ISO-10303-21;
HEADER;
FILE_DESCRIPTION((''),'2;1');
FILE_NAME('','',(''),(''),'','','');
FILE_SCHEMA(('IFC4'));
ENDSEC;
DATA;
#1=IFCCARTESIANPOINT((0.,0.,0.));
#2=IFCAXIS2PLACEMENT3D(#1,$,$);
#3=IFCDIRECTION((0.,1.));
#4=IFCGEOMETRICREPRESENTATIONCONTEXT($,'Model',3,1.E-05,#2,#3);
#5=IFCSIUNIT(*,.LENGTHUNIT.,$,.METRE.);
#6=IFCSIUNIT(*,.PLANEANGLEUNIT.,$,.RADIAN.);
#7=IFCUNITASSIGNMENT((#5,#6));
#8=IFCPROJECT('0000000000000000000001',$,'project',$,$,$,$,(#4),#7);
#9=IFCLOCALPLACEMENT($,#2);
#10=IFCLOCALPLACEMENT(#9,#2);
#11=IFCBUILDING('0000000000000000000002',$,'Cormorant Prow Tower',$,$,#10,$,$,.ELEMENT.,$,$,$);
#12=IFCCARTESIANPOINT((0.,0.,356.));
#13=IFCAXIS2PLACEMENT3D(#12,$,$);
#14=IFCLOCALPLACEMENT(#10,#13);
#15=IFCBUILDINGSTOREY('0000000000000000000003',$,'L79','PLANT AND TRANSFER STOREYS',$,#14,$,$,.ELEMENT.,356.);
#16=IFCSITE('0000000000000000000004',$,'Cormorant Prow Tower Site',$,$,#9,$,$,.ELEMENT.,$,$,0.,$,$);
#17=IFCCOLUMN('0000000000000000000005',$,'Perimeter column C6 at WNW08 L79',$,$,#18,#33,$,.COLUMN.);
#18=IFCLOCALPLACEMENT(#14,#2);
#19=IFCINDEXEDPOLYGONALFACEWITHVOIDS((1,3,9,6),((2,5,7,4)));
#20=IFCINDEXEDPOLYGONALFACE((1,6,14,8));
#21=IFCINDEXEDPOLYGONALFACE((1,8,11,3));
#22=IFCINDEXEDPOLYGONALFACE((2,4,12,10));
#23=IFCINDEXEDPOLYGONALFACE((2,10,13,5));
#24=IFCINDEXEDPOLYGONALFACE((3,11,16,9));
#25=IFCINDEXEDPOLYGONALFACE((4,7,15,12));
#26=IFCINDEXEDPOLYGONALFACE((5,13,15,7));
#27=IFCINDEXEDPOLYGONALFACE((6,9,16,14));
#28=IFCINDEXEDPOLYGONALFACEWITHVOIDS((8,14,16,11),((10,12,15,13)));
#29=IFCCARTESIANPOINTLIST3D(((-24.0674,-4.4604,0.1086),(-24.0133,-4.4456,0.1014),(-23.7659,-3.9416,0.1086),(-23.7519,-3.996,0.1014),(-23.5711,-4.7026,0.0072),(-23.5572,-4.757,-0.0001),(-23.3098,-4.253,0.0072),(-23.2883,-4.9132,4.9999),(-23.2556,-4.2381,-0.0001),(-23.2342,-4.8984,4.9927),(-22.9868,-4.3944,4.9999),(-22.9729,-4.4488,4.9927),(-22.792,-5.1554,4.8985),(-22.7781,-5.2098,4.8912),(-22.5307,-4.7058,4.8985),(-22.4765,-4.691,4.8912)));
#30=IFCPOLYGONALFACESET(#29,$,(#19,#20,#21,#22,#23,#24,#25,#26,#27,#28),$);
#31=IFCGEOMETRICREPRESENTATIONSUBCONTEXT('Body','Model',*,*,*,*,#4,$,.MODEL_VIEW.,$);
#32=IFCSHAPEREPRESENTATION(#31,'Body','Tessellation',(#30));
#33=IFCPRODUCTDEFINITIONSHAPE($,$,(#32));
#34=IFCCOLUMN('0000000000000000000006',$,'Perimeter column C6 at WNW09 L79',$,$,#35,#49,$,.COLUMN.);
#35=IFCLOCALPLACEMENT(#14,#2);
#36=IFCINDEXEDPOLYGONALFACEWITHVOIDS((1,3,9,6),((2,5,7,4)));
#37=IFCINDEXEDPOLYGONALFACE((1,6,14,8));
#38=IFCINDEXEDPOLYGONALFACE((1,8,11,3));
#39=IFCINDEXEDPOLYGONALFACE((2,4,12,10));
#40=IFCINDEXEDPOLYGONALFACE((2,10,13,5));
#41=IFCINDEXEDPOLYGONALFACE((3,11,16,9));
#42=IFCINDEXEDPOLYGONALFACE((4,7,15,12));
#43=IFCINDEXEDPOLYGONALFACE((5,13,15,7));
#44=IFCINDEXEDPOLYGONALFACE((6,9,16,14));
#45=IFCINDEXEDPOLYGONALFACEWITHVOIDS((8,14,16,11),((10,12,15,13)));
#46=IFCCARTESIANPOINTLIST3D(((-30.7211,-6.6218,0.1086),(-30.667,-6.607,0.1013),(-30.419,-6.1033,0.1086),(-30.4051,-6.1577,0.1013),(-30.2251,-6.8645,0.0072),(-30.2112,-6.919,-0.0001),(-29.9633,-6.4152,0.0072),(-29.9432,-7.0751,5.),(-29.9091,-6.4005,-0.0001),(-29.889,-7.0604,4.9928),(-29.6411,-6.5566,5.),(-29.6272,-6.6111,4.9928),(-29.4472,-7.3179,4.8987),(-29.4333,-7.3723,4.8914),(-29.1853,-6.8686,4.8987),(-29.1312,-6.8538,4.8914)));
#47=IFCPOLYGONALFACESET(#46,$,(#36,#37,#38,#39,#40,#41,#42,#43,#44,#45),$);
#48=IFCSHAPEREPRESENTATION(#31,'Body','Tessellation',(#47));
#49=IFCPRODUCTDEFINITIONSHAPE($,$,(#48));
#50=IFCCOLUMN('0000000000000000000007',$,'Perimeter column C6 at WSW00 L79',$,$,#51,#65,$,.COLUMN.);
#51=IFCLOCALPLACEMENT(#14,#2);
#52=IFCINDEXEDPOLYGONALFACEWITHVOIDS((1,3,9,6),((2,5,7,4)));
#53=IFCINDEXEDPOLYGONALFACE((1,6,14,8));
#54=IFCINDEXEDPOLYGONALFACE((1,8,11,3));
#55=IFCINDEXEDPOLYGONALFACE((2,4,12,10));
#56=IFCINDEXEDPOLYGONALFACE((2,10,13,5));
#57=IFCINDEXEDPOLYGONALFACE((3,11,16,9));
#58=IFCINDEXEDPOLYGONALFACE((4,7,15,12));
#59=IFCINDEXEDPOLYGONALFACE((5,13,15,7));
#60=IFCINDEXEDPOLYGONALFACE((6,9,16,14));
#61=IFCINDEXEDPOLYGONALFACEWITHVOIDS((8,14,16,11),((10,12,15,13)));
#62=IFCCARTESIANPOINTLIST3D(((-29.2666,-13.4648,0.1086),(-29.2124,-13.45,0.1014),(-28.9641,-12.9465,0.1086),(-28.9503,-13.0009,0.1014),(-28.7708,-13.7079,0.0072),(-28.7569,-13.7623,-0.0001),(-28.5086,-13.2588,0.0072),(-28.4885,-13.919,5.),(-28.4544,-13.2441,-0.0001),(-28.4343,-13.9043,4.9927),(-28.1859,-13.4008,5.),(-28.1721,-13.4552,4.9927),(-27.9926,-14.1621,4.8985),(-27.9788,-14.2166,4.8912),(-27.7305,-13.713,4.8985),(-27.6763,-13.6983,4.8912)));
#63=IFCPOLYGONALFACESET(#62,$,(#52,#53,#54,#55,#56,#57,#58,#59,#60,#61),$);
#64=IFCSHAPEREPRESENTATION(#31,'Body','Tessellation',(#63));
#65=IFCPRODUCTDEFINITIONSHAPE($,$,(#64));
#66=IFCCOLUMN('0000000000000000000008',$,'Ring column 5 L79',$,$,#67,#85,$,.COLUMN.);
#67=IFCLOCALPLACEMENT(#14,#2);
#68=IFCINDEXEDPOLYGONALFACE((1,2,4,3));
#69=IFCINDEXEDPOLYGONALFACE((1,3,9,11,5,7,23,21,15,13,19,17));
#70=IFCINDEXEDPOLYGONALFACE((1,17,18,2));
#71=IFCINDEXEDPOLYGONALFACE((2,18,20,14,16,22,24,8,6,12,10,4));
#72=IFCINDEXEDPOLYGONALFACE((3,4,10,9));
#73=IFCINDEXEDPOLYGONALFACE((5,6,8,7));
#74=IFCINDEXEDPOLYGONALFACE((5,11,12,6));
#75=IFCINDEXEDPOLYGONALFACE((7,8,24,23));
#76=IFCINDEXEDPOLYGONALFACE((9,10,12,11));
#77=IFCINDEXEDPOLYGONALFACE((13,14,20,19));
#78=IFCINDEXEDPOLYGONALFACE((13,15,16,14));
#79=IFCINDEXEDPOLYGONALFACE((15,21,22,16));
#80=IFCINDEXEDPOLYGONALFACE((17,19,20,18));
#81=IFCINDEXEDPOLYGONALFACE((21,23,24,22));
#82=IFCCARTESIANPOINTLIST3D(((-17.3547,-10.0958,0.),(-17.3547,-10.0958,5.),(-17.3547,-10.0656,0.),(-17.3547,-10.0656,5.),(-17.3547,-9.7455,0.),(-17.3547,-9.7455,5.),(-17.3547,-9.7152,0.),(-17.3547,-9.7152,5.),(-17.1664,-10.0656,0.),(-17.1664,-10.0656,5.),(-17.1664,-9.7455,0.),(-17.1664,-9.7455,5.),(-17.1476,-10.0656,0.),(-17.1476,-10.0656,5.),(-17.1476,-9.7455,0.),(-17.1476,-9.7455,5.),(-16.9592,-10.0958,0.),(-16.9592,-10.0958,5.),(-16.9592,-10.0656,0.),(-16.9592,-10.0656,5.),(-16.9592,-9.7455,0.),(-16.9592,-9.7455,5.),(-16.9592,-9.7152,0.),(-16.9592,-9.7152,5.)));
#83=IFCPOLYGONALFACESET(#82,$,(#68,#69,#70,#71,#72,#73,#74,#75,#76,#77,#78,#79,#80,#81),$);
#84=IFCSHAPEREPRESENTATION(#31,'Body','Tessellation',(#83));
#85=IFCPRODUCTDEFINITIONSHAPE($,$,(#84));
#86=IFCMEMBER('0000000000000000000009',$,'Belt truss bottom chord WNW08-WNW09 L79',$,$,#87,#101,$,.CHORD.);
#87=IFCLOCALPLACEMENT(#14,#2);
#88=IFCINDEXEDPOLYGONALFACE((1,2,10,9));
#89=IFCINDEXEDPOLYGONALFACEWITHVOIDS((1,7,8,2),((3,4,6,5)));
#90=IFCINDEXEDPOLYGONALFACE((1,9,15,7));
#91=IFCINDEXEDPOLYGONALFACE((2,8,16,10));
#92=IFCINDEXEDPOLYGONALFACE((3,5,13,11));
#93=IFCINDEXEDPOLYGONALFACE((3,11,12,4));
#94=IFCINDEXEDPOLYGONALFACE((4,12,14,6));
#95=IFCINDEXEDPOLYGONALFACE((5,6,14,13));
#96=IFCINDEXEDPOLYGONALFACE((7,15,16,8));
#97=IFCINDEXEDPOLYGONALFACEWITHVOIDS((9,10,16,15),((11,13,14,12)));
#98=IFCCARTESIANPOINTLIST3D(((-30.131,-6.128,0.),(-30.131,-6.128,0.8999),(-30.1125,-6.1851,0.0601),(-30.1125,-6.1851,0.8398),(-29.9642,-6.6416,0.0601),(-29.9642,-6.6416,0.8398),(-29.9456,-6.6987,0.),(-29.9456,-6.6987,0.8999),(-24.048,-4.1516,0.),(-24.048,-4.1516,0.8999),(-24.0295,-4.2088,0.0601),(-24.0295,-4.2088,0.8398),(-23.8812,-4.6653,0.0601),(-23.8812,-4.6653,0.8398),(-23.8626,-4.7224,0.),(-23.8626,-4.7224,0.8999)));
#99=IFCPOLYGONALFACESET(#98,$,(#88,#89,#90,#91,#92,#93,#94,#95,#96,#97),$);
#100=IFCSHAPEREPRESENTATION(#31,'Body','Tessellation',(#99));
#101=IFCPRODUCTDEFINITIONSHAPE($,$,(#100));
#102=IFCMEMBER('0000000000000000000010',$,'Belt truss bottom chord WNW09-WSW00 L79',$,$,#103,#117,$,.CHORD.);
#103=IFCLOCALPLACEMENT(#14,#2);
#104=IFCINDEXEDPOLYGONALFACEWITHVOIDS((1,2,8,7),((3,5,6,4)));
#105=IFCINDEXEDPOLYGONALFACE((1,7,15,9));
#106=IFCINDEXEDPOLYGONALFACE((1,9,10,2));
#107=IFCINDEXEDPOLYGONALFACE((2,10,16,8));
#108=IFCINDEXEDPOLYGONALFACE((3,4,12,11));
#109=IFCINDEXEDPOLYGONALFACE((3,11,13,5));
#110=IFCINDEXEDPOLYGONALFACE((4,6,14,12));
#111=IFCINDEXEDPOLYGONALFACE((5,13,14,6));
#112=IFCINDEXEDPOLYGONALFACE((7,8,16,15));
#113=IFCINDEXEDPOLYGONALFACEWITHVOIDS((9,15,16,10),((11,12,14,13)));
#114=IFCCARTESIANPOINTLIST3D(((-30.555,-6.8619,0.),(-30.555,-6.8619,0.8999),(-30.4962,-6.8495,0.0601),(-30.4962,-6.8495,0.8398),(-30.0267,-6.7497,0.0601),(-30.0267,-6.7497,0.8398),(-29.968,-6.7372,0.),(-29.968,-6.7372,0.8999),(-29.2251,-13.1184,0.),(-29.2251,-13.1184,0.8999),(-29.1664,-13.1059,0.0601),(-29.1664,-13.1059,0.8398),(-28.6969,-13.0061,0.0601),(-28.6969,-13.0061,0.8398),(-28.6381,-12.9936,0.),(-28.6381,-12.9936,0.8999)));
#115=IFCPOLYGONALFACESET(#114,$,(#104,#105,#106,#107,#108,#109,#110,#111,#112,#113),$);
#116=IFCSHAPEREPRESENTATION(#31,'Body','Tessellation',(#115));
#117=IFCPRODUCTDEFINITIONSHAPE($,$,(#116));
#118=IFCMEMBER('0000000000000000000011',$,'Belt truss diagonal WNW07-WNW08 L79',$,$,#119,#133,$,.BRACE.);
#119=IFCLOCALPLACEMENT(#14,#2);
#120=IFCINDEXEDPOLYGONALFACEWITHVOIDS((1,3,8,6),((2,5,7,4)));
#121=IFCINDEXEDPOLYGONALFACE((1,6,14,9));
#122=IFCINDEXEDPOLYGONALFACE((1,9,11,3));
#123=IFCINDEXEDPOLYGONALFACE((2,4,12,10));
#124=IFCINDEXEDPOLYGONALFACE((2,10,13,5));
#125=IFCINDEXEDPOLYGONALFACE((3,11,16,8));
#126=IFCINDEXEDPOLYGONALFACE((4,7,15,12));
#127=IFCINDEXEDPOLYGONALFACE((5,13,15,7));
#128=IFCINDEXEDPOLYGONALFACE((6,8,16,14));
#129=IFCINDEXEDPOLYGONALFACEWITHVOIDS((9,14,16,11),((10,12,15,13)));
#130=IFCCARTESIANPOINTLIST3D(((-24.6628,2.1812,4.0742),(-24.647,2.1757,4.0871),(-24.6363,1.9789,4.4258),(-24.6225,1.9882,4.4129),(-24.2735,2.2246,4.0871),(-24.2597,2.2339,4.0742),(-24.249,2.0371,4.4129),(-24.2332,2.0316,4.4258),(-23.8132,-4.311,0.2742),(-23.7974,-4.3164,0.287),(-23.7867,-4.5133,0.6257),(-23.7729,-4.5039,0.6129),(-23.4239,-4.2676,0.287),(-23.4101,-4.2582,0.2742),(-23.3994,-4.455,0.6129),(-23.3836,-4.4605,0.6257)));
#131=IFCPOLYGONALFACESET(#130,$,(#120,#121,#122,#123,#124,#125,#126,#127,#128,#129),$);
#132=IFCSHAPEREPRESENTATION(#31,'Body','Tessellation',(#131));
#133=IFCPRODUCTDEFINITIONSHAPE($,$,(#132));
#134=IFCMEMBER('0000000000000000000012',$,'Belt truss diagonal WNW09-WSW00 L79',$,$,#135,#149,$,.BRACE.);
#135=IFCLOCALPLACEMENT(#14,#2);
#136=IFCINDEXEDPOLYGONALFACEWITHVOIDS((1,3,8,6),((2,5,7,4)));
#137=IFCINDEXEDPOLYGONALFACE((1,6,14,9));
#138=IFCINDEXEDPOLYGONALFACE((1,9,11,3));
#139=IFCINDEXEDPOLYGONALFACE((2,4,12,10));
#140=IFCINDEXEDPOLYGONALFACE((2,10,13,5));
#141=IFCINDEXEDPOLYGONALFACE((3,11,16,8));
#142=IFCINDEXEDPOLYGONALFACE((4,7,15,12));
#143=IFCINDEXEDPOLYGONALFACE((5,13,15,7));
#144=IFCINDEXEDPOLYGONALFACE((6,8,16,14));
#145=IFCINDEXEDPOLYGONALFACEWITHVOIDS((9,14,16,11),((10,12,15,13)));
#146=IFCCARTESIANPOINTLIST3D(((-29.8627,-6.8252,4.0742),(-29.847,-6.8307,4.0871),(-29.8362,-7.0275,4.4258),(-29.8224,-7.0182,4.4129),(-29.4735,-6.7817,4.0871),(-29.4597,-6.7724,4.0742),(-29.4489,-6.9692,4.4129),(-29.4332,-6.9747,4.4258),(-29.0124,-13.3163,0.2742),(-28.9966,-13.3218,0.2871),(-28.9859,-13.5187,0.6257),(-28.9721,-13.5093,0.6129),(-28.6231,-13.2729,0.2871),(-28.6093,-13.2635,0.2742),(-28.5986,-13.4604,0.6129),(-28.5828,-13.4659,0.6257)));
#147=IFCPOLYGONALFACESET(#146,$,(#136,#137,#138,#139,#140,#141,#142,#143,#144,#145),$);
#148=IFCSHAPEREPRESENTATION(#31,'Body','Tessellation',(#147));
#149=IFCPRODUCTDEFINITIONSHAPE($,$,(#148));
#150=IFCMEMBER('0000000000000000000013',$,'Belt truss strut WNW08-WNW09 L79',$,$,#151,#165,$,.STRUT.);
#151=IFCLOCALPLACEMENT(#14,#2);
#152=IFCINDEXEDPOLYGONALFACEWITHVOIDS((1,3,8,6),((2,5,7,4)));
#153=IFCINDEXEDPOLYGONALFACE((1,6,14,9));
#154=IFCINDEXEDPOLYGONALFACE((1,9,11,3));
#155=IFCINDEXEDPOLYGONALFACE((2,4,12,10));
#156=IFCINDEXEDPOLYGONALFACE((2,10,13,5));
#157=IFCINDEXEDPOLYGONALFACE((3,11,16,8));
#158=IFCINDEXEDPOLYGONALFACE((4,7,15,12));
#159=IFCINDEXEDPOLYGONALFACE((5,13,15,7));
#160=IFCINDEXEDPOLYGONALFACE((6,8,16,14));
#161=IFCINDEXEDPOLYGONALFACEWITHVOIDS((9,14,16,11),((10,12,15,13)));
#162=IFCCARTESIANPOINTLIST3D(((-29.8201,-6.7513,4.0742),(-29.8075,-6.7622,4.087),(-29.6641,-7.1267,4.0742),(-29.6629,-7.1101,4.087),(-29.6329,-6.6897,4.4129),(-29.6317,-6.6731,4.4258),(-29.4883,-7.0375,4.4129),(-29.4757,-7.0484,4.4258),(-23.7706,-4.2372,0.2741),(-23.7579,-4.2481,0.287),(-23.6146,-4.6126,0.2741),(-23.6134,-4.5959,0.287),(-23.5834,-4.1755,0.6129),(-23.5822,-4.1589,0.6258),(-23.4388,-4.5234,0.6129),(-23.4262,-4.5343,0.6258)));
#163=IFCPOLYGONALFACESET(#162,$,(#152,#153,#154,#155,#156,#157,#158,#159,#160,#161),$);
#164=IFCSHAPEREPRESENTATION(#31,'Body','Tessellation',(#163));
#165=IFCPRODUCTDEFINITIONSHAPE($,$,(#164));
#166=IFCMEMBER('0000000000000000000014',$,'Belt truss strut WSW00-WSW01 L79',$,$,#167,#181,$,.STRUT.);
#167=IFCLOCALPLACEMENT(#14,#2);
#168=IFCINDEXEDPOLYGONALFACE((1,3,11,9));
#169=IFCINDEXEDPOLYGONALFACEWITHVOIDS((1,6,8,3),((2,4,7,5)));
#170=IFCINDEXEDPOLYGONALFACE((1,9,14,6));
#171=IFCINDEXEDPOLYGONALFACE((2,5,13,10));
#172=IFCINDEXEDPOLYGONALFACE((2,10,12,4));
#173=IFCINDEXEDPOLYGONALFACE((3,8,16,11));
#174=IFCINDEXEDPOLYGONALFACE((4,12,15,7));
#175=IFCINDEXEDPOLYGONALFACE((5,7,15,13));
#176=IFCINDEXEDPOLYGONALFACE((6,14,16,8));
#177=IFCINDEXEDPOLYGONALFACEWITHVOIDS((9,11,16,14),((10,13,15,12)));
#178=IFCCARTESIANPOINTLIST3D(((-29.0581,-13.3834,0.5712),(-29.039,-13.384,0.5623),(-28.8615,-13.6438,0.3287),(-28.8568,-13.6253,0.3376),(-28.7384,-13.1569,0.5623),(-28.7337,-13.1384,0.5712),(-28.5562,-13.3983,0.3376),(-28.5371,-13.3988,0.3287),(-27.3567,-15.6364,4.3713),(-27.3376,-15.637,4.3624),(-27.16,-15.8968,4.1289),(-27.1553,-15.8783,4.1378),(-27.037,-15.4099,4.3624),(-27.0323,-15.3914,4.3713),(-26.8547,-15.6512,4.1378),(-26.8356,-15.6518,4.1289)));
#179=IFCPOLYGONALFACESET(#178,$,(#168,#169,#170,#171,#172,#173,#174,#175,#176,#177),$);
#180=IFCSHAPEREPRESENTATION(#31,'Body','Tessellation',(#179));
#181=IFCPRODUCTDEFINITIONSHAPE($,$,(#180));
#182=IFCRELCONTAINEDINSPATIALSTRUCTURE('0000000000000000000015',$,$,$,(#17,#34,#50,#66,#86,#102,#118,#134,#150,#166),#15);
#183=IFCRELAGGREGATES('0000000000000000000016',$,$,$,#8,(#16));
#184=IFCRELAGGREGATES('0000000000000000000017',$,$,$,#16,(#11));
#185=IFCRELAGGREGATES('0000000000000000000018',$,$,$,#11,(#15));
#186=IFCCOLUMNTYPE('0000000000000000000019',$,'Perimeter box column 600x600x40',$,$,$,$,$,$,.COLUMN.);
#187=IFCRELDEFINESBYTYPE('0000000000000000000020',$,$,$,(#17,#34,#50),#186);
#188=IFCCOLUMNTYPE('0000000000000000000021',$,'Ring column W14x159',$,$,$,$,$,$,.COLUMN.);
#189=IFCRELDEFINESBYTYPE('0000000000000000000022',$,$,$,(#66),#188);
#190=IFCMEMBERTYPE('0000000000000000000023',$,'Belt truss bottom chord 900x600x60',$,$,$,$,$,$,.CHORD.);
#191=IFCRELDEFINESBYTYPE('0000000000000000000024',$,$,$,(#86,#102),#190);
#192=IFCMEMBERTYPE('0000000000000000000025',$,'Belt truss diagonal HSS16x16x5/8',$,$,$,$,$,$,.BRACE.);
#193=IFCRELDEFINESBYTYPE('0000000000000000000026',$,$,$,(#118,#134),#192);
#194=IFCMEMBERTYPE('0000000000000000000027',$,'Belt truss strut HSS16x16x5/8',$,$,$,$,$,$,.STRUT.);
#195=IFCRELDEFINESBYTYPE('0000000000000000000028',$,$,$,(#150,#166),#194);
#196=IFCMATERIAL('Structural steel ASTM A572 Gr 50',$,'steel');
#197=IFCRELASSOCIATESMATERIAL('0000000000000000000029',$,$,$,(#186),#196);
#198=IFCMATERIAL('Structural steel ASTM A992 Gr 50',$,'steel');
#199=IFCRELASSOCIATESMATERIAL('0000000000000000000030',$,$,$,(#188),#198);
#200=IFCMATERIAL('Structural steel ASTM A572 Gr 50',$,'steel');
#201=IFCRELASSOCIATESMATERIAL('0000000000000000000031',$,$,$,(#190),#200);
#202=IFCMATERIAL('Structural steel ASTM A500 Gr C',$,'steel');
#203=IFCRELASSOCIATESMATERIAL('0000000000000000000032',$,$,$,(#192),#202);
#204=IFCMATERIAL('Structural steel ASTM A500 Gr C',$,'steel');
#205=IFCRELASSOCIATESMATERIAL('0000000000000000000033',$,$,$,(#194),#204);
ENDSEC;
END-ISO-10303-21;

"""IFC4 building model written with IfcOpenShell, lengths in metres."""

from ifc_helpers import new_model, si_unit, direction, frame, origin, origin_2d, place, context, subcontext, project, spatial, hollow_rectangle, i_section, extrude, material, material_profile, profile_set, type_object, element, save


model = new_model("IFC4")

# Units and contexts
model_context = context("Model", 3, precision=1e-05, world=origin(), true_north=direction((0.0, 1.0)))
body_context = subcontext(model_context, "Body", "Model", "MODEL_VIEW")
ifc_project = project(units=[si_unit("LENGTHUNIT", "METRE"), si_unit("PLANEANGLEUNIT", "RADIAN")], contexts=[model_context])

# Site, building, storey
site_placement = place(None, origin())
site = spatial("IfcSite", under=ifc_project, at=site_placement, Name="Cormorant Prow Tower Site", CompositionType="ELEMENT", RefElevation=0.0)
building_placement = place(site_placement, origin())
building = spatial("IfcBuilding", under=site, at=building_placement, Name="Cormorant Prow Tower", CompositionType="ELEMENT")
storey_placement = place(building_placement, frame((0.0, 0.0, 356.0)))
storey = spatial("IfcBuildingStorey", under=building, at=storey_placement, Name="L79", Description="PLANT AND TRANSFER STOREYS", CompositionType="ELEMENT", Elevation=356.0)

# Columns
ifc_material_1 = material(Name="Structural steel ASTM A572 Gr 50", Category="steel")
ifc_material_profile_1 = material_profile(ifc_material_1, hollow_rectangle(XDim=0.6001, YDim=0.6001, WallThickness=0.04, at=origin_2d()), Name="Box 600x600x40")
ifc_profile_set_1 = profile_set([ifc_material_profile_1], Name="Structural steel ASTM A572 Gr 50")
column_type_1 = type_object("IfcColumnType", Name="Perimeter box column 600x600x40", PredefinedType="COLUMN", material=ifc_profile_set_1)
for number, where, z_axis, x_axis, name in (
    (1, (-23.6702, -4.3442, 0.0), (0.156641, -0.091046, 0.98345), (0.502519, 0.864566, 0.0), "Perimeter column C6 at WNW08 L79"),
    (2, (-30.3237, -6.5061, 0.0), (0.156406, -0.091145, 0.983478), (0.503492, 0.864, 0.0), "Perimeter column C6 at WNW09 L79"),
    (3, (-28.8691, -13.3494, 0.0), (0.15645, -0.091334, 0.983454), (0.504168, 0.863606, 0.0), "Perimeter column C6 at WSW00 L79"),
):
    element("IfcColumn", number, at=place(storey_placement, frame(where, z_axis=z_axis, x_axis=x_axis)), inside=storey, type_object=column_type_1, Name=name, PredefinedType="COLUMN", context=body_context, shape_type="SweptSolid", body=[
        extrude(hollow_rectangle(XDim=0.6001, YDim=0.6001, WallThickness=0.04, at=origin_2d()), frame((0.0, 0.0, 0.0552)), (0.0, 0.0, 1.0), 4.9736),
    ])
ifc_material_2 = material(Name="Structural steel ASTM A992 Gr 50", Category="steel")
ifc_material_profile_2 = material_profile(ifc_material_2, i_section(OverallWidth=0.3955, OverallDepth=0.3806, WebThickness=0.0188, FlangeThickness=0.0303, at=origin_2d()), Name="W14x159")
ifc_profile_set_2 = profile_set([ifc_material_profile_2], Name="Structural steel ASTM A992 Gr 50")
column_type_2 = type_object("IfcColumnType", Name="Ring column W14x159", PredefinedType="COLUMN", material=ifc_profile_set_2)
column_placement = place(storey_placement, frame((-17.157, -9.9055, 0.0), z_axis=(0.0, 0.0, 1.0), x_axis=(1.0, 0.0, 0.0)))
element("IfcColumn", 4, at=column_placement, inside=storey, type_object=column_type_2, Name="Ring column 5 L79", PredefinedType="COLUMN", context=body_context, shape_type="SweptSolid", body=[
    extrude(i_section(OverallWidth=0.3955, OverallDepth=0.3806, WebThickness=0.0188, FlangeThickness=0.0303, at=origin_2d()), origin(), (0.0, 0.0, 1.0), 5.0),
])

# Members
ifc_material_3 = material(Name="Structural steel ASTM A572 Gr 50", Category="steel")
ifc_material_profile_3 = material_profile(ifc_material_3, hollow_rectangle(XDim=0.6001, YDim=0.8999, WallThickness=0.0601, at=origin_2d()), Name="Box 900x600x60")
ifc_profile_set_3 = profile_set([ifc_material_profile_3], Name="Structural steel ASTM A572 Gr 50")
member_type_1 = type_object("IfcMemberType", Name="Belt truss bottom chord 900x600x60", PredefinedType="CHORD", material=ifc_profile_set_3)
member_1_placement = place(storey_placement, frame((-23.9553, -4.437, 0.45), z_axis=(-0.951064, -0.308993, 0.0), x_axis=(0.308993, -0.951064, 0.0)))
element("IfcMember", 5, at=member_1_placement, inside=storey, type_object=member_type_1, Name="Belt truss bottom chord WNW08-WNW09 L79", PredefinedType="CHORD", context=body_context, shape_type="SweptSolid", body=[
    extrude(hollow_rectangle(XDim=0.6001, YDim=0.8999, WallThickness=0.0601, at=origin_2d()), origin(), (0.0, 0.0, 1.0), 6.396),
])
member_2_placement = place(storey_placement, frame((-30.2615, -6.7996, 0.45), z_axis=(0.207913, -0.978147, 0.0), x_axis=(0.978147, 0.207913, 0.0)))
element("IfcMember", 6, at=member_2_placement, inside=storey, type_object=member_type_1, Name="Belt truss bottom chord WNW09-WSW00 L79", PredefinedType="CHORD", context=body_context, shape_type="SweptSolid", body=[
    extrude(hollow_rectangle(XDim=0.6001, YDim=0.8999, WallThickness=0.0601, at=origin_2d()), origin(), (0.0, 0.0, 1.0), 6.3962),
])
ifc_material_4 = material(Name="Structural steel ASTM A500 Gr C", Category="steel")
ifc_material_profile_4 = material_profile(ifc_material_4, hollow_rectangle(XDim=0.4065, YDim=0.4065, WallThickness=0.0149, at=origin_2d()), Name="HSS16x16x5/8")
ifc_profile_set_4 = profile_set([ifc_material_profile_4], Name="Structural steel ASTM A500 Gr C")
member_type_2 = type_object("IfcMemberType", Name="Belt truss diagonal HSS16x16x5/8", PredefinedType="BRACE", material=ifc_profile_set_4)
member_3_placement = place(storey_placement, frame((-23.5984, -4.3857, 0.45), z_axis=(-0.112228, 0.857577, 0.501963), x_axis=(-0.991545, -0.12976, 0.0)))
element("IfcMember", 7, at=member_3_placement, inside=storey, type_object=member_type_2, Name="Belt truss diagonal WNW07-WNW08 L79", PredefinedType="BRACE", context=body_context, shape_type="SweptSolid", body=[
    extrude(hollow_rectangle(XDim=0.4065, YDim=0.4065, WallThickness=0.0149, at=origin_2d()), origin(), (0.0, 0.0, 1.0), 7.5703),
])
member_4_placement = place(storey_placement, frame((-28.7976, -13.3911, 0.45), z_axis=(-0.112336, 0.857534, 0.502013), x_axis=(-0.991529, -0.129889, 0.0)))
element("IfcMember", 8, at=member_4_placement, inside=storey, type_object=member_type_2, Name="Belt truss diagonal WNW09-WSW00 L79", PredefinedType="BRACE", context=body_context, shape_type="SweptSolid", body=[
    extrude(hollow_rectangle(XDim=0.4065, YDim=0.4065, WallThickness=0.0149, at=origin_2d()), origin(), (0.0, 0.0, 1.0), 7.5696),
])
ifc_material_5 = material(Name="Structural steel ASTM A500 Gr C", Category="steel")
ifc_material_profile_5 = material_profile(ifc_material_5, hollow_rectangle(XDim=0.4065, YDim=0.4065, WallThickness=0.0149, at=origin_2d()), Name="HSS16x16x5/8")
ifc_profile_set_5 = profile_set([ifc_material_profile_5], Name="Structural steel ASTM A500 Gr C")
member_type_3 = type_object("IfcMemberType", Name="Belt truss strut HSS16x16x5/8", PredefinedType="STRUT", material=ifc_profile_set_5)
member_5_placement = place(storey_placement, frame((-23.5984, -4.3857, 0.45), z_axis=(-0.798775, -0.331966, 0.501753), x_axis=(0.383771, -0.923428, 0.0)))
element("IfcMember", 9, at=member_5_placement, inside=storey, type_object=member_type_3, Name="Belt truss strut WNW08-WNW09 L79", PredefinedType="STRUT", context=body_context, shape_type="SweptSolid", body=[
    extrude(hollow_rectangle(XDim=0.4065, YDim=0.4065, WallThickness=0.0149, at=origin_2d()), origin(), (0.0, 0.0, 1.0), 7.5735),
])
member_6_placement = place(storey_placement, frame((-28.7976, -13.3911, 0.45), z_axis=(0.359402, -0.475903, 0.802712), x_axis=(0.798003, 0.602653, 0.0)))
element("IfcMember", 10, at=member_6_placement, inside=storey, type_object=member_type_3, Name="Belt truss strut WSW00-WSW01 L79", PredefinedType="STRUT", context=body_context, shape_type="SweptSolid", body=[
    extrude(hollow_rectangle(XDim=0.4065, YDim=0.4065, WallThickness=0.0149, at=origin_2d()), origin(), (0.0, 0.0, 1.0), 4.7341),
])

save(model, "model.ifc")
